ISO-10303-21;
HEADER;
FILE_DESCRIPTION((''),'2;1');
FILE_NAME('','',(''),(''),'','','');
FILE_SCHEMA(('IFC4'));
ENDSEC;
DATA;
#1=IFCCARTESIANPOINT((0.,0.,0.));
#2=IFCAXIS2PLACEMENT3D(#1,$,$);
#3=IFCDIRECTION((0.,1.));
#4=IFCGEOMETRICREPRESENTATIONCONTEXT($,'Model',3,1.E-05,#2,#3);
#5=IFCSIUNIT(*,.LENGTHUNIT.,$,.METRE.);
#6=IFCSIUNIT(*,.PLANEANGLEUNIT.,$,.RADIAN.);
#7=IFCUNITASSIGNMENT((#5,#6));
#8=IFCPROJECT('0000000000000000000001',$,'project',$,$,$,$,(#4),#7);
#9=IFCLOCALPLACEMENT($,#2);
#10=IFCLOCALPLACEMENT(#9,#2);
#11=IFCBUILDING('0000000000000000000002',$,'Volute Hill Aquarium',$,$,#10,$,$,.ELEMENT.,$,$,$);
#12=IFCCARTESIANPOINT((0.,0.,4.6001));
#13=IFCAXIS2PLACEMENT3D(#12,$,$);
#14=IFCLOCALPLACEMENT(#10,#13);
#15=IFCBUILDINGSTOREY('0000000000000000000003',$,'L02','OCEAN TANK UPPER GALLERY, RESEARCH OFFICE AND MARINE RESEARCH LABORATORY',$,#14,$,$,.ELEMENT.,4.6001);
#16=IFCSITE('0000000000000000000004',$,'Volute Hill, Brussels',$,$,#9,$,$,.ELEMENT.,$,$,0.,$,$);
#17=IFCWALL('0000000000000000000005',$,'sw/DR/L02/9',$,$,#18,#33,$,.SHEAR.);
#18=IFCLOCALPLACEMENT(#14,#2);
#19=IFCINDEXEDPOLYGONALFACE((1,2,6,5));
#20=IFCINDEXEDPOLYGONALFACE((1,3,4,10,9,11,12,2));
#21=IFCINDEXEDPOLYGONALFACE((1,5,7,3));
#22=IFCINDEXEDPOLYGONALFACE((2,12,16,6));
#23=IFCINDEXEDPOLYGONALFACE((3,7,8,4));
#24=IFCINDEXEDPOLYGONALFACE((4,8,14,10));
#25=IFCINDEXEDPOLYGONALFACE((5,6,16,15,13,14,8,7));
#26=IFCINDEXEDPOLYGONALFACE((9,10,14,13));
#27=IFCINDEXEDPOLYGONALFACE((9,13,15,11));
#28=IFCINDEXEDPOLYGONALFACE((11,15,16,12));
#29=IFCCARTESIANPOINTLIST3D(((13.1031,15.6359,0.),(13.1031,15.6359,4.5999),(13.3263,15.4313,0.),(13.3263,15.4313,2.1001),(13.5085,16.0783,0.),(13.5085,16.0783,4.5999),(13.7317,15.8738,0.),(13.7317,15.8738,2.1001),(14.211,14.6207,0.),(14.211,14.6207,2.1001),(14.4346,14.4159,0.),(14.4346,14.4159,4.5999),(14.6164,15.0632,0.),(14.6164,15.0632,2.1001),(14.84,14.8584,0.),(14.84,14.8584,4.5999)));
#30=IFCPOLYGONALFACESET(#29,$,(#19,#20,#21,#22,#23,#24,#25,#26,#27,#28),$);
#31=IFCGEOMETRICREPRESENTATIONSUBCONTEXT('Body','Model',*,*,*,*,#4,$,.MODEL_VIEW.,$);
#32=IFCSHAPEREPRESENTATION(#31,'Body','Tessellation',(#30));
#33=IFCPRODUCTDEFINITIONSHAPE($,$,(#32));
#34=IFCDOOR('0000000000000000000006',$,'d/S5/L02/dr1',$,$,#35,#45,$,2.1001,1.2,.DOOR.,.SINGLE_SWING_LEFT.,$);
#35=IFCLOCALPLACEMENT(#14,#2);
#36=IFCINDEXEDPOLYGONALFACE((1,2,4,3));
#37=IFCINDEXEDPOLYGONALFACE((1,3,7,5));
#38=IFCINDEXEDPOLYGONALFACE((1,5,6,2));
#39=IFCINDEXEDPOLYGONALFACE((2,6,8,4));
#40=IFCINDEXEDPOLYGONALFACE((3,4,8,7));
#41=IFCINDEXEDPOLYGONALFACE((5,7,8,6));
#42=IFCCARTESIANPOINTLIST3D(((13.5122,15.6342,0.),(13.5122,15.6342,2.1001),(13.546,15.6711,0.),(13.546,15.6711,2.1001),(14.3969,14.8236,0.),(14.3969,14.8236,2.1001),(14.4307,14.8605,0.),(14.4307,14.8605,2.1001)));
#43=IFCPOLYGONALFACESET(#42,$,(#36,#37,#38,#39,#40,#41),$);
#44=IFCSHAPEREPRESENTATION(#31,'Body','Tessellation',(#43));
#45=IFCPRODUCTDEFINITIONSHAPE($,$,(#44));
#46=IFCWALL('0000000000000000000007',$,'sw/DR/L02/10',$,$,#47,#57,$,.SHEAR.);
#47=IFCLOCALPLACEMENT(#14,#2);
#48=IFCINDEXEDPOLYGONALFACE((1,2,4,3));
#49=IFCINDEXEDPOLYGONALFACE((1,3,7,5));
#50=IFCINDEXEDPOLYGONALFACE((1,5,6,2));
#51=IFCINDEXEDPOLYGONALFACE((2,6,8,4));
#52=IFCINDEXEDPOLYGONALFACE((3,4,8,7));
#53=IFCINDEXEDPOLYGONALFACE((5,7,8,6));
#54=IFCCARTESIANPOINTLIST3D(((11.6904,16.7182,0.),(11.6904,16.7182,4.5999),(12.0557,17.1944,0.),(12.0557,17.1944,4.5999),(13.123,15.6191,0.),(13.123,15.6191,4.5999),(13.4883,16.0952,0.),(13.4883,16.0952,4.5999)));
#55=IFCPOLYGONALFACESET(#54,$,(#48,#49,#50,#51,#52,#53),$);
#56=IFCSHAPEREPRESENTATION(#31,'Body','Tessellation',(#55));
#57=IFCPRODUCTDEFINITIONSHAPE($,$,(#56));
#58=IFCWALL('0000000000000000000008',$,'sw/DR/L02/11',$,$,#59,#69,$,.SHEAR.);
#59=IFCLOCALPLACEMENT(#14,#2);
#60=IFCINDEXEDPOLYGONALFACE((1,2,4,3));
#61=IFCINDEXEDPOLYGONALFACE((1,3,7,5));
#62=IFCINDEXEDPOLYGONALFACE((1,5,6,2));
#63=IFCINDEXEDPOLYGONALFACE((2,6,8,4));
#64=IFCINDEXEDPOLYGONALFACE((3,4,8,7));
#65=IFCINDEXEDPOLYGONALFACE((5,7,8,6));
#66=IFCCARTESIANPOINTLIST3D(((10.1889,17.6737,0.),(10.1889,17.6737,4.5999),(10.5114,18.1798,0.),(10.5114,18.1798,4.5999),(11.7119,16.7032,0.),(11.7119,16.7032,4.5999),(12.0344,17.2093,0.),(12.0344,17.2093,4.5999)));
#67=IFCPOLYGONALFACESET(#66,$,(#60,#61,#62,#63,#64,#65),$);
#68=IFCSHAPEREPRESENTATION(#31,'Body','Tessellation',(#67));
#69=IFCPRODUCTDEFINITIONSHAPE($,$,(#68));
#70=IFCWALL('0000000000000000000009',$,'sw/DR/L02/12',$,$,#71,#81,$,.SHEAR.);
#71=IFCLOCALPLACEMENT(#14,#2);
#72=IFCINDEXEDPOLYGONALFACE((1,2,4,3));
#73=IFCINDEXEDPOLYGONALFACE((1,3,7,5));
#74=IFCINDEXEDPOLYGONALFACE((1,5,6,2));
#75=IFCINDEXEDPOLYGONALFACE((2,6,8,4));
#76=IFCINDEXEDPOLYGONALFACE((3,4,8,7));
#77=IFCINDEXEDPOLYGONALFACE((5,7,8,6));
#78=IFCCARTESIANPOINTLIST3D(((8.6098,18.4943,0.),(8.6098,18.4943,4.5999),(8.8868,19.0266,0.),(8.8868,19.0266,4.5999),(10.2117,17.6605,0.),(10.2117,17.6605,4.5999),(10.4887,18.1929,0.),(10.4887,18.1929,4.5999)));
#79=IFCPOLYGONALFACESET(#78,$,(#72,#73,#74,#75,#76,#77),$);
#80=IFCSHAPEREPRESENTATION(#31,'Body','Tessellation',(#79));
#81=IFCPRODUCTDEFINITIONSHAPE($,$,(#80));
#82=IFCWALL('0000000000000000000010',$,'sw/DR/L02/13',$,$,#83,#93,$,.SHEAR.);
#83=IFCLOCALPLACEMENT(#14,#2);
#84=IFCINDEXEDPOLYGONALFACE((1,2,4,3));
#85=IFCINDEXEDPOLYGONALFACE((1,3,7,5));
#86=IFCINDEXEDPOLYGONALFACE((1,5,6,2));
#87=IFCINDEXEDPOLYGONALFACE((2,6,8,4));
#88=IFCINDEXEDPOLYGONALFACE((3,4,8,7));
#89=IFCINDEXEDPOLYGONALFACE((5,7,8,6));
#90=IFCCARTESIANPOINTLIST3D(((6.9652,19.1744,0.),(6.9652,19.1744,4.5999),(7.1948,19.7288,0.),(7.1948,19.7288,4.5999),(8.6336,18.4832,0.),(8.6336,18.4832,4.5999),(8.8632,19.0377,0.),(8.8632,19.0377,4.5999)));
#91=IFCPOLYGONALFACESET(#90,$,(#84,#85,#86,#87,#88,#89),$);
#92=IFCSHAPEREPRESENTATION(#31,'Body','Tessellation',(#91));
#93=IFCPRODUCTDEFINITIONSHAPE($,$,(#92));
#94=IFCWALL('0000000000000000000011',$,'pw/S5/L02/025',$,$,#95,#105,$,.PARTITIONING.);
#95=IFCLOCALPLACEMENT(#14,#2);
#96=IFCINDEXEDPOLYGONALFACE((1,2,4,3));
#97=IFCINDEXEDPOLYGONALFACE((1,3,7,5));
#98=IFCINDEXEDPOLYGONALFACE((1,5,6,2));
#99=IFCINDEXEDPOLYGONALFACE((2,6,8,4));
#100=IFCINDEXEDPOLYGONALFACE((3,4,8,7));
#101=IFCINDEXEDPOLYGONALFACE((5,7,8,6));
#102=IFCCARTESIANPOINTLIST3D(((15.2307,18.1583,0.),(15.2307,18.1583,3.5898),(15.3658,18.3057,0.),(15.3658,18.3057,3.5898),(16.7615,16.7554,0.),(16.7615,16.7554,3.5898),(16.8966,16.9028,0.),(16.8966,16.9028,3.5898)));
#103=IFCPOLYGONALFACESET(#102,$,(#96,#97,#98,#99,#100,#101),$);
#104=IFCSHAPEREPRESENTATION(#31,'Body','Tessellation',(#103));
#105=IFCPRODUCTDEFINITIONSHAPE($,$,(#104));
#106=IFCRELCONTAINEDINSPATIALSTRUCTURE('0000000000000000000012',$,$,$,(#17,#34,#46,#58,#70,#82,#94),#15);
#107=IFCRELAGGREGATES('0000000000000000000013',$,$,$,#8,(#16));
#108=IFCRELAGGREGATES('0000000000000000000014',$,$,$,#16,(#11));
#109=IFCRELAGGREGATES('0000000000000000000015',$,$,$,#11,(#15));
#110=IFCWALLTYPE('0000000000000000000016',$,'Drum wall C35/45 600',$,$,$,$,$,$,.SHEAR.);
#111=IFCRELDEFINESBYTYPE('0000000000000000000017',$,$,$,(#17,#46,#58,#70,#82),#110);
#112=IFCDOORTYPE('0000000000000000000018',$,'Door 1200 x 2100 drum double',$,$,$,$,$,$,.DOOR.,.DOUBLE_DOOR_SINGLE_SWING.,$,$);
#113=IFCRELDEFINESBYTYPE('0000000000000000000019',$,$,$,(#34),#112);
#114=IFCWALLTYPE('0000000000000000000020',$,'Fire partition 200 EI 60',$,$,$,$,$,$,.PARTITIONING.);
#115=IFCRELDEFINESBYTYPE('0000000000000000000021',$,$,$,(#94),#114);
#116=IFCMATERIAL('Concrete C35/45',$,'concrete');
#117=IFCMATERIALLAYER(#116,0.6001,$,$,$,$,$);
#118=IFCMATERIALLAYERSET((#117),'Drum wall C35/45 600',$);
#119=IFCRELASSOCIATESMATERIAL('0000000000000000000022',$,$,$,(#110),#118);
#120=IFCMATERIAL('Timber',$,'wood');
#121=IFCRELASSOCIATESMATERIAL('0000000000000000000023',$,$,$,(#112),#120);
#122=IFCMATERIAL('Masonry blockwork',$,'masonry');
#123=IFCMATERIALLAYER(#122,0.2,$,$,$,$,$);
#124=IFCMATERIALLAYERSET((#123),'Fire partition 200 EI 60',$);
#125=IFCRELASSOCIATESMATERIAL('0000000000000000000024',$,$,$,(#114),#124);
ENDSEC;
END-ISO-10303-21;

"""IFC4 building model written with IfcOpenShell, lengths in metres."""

from ifc_helpers import new_model, si_unit, direction, frame, frame_2d, origin, place, context, subcontext, project, spatial, rectangle, extrude, material, layer, layer_set, type_object, element, fill, save


model = new_model("IFC4")

# Units and contexts
model_context = context("Model", 3, precision=1e-05, world=origin(), true_north=direction((0.0, 1.0)))
body_context = subcontext(model_context, "Body", "Model", "MODEL_VIEW")
ifc_project = project(units=[si_unit("LENGTHUNIT", "METRE"), si_unit("PLANEANGLEUNIT", "RADIAN")], contexts=[model_context])

# Site, building, storey
site_placement = place(None, origin())
site = spatial("IfcSite", under=ifc_project, at=site_placement, Name="Volute Hill, Brussels", CompositionType="ELEMENT", RefElevation=0.0)
building_placement = place(site_placement, origin())
building = spatial("IfcBuilding", under=site, at=building_placement, Name="Volute Hill Aquarium", CompositionType="ELEMENT")
storey_placement = place(building_placement, frame((0.0, 0.0, 4.6001)))
storey = spatial("IfcBuildingStorey", under=building, at=storey_placement, Name="L02", Description="OCEAN TANK UPPER GALLERY, RESEARCH OFFICE AND MARINE RESEARCH LABORATORY", CompositionType="ELEMENT", Elevation=4.6001)

# Shared definitions
ifc_material_1 = material(Name="Concrete C35/45", Category="concrete")
ifc_layer_1 = layer(ifc_material_1, 0.6001)
ifc_layer_set_1 = layer_set([ifc_layer_1], Name="Drum wall C35/45 600")
wall_type_1 = type_object("IfcWallType", Name="Drum wall C35/45 600", PredefinedType="SHEAR", material=ifc_layer_set_1)

# Wall, opening, door
wall_1_placement = place(storey_placement, frame((14.6372, 14.6372, 0.0), z_axis=(0.0, 0.0, 1.0), x_axis=(-0.737322, 0.675541, 0.0)))
wall_1 = element("IfcWall", 1, at=wall_1_placement, inside=storey, type_object=wall_type_1, Name="sw/DR/L02/9", PredefinedType="SHEAR", context=body_context, shape_type="SweptSolid", body=[
    extrude(rectangle(XDim=1.8059, YDim=0.6001, at=frame_2d((0.9028, 0.0))), origin(), (0.0, 0.0, 1.0), 4.5999),
])
opening_placement = place(wall_1_placement, frame((0.303, 0.0, 0.0)))
opening = element("IfcOpeningElement", 2, at=opening_placement, cuts=wall_1, PredefinedType="OPENING", context=body_context, shape_type="SweptSolid", body=[
    extrude(rectangle(XDim=1.2, YDim=2.1001, at=frame_2d((0.6001, 1.05))), frame((0.0, 0.3101, 0.0), z_axis=(0.0, -1.0, 0.0), x_axis=(1.0, 0.0, 0.0)), (0.0, 0.0, 1.0), 0.6201),
])
ifc_material_2 = material(Name="Timber", Category="wood")
door_type = type_object("IfcDoorType", Name="Door 1200 x 2100 drum double", OperationType="DOUBLE_DOOR_SINGLE_SWING", PredefinedType="DOOR", material=ifc_material_2)
door_placement = place(opening_placement, origin())
door = element("IfcDoor", 3, at=door_placement, inside=storey, type_object=door_type, Name="d/S5/L02/dr1", OperationType="SINGLE_SWING_LEFT", OverallHeight=2.1001, OverallWidth=1.2, PredefinedType="DOOR", context=body_context, shape_type="SweptSolid", body=[
    extrude(rectangle(XDim=1.2, YDim=2.1001, at=frame_2d((0.6001, 1.05))), frame((0.0, 0.0249, 0.0), z_axis=(0.0, -1.0, 0.0), x_axis=(1.0, 0.0, 0.0)), (0.0, 0.0, 1.0), 0.05),
])
fill(opening, door)

# Walls
wall_2_placement = place(storey_placement, frame((13.3057, 15.8572, 0.0), z_axis=(0.0, 0.0, 1.0), x_axis=(-0.793397, 0.608704, 0.0)))
element("IfcWall", 4, at=wall_2_placement, inside=storey, type_object=wall_type_1, Name="sw/DR/L02/10", PredefinedType="SHEAR", context=body_context, shape_type="SweptSolid", body=[
    extrude(rectangle(XDim=1.8057, YDim=0.6001, at=frame_2d((0.9028, 0.0))), origin(), (0.0, 0.0, 1.0), 4.5999),
])
for number, where, z_axis, x_axis, name in (
    (5, (11.873, 16.9563, 0.0), (0.0, 0.0, 1.0), (-0.843333, 0.537392, 0.0), "sw/DR/L02/11"),
    (6, (10.3501, 17.9268, 0.0), (0.0, 0.0, 1.0), (-0.887035, 0.461702, 0.0), "sw/DR/L02/12"),
    (7, (8.7483, 18.7605, 0.0), (0.0, 0.0, 1.0), (-0.923867, 0.382714, 0.0), "sw/DR/L02/13"),
):
    element("IfcWall", number, at=place(storey_placement, frame(where, z_axis=z_axis, x_axis=x_axis)), inside=storey, type_object=wall_type_1, Name=name, PredefinedType="SHEAR", context=body_context, shape_type="SweptSolid", body=[
        extrude(rectangle(XDim=1.8059, YDim=0.6001, at=frame_2d((0.9028, 0.0))), origin(), (0.0, 0.0, 1.0), 4.5999),
    ])
ifc_material_3 = material(Name="Masonry blockwork", Category="masonry")
ifc_layer_2 = layer(ifc_material_3, 0.2)
ifc_layer_set_2 = layer_set([ifc_layer_2], Name="Fire partition 200 EI 60")
wall_type_2 = type_object("IfcWallType", Name="Fire partition 200 EI 60", PredefinedType="PARTITIONING", material=ifc_layer_set_2)
wall_3_placement = place(storey_placement, frame((15.2983, 18.2319, 0.0), z_axis=(0.0, 0.0, 1.0), x_axis=(0.737242, -0.675629, 0.0)))
element("IfcWall", 8, at=wall_3_placement, inside=storey, type_object=wall_type_2, Name="pw/S5/L02/025", PredefinedType="PARTITIONING", context=body_context, shape_type="SweptSolid", body=[
    extrude(rectangle(XDim=2.0764, YDim=0.2, at=frame_2d((1.0381, 0.0))), origin(), (0.0, 0.0, 1.0), 3.5898),
])

save(model, "model.ifc")
